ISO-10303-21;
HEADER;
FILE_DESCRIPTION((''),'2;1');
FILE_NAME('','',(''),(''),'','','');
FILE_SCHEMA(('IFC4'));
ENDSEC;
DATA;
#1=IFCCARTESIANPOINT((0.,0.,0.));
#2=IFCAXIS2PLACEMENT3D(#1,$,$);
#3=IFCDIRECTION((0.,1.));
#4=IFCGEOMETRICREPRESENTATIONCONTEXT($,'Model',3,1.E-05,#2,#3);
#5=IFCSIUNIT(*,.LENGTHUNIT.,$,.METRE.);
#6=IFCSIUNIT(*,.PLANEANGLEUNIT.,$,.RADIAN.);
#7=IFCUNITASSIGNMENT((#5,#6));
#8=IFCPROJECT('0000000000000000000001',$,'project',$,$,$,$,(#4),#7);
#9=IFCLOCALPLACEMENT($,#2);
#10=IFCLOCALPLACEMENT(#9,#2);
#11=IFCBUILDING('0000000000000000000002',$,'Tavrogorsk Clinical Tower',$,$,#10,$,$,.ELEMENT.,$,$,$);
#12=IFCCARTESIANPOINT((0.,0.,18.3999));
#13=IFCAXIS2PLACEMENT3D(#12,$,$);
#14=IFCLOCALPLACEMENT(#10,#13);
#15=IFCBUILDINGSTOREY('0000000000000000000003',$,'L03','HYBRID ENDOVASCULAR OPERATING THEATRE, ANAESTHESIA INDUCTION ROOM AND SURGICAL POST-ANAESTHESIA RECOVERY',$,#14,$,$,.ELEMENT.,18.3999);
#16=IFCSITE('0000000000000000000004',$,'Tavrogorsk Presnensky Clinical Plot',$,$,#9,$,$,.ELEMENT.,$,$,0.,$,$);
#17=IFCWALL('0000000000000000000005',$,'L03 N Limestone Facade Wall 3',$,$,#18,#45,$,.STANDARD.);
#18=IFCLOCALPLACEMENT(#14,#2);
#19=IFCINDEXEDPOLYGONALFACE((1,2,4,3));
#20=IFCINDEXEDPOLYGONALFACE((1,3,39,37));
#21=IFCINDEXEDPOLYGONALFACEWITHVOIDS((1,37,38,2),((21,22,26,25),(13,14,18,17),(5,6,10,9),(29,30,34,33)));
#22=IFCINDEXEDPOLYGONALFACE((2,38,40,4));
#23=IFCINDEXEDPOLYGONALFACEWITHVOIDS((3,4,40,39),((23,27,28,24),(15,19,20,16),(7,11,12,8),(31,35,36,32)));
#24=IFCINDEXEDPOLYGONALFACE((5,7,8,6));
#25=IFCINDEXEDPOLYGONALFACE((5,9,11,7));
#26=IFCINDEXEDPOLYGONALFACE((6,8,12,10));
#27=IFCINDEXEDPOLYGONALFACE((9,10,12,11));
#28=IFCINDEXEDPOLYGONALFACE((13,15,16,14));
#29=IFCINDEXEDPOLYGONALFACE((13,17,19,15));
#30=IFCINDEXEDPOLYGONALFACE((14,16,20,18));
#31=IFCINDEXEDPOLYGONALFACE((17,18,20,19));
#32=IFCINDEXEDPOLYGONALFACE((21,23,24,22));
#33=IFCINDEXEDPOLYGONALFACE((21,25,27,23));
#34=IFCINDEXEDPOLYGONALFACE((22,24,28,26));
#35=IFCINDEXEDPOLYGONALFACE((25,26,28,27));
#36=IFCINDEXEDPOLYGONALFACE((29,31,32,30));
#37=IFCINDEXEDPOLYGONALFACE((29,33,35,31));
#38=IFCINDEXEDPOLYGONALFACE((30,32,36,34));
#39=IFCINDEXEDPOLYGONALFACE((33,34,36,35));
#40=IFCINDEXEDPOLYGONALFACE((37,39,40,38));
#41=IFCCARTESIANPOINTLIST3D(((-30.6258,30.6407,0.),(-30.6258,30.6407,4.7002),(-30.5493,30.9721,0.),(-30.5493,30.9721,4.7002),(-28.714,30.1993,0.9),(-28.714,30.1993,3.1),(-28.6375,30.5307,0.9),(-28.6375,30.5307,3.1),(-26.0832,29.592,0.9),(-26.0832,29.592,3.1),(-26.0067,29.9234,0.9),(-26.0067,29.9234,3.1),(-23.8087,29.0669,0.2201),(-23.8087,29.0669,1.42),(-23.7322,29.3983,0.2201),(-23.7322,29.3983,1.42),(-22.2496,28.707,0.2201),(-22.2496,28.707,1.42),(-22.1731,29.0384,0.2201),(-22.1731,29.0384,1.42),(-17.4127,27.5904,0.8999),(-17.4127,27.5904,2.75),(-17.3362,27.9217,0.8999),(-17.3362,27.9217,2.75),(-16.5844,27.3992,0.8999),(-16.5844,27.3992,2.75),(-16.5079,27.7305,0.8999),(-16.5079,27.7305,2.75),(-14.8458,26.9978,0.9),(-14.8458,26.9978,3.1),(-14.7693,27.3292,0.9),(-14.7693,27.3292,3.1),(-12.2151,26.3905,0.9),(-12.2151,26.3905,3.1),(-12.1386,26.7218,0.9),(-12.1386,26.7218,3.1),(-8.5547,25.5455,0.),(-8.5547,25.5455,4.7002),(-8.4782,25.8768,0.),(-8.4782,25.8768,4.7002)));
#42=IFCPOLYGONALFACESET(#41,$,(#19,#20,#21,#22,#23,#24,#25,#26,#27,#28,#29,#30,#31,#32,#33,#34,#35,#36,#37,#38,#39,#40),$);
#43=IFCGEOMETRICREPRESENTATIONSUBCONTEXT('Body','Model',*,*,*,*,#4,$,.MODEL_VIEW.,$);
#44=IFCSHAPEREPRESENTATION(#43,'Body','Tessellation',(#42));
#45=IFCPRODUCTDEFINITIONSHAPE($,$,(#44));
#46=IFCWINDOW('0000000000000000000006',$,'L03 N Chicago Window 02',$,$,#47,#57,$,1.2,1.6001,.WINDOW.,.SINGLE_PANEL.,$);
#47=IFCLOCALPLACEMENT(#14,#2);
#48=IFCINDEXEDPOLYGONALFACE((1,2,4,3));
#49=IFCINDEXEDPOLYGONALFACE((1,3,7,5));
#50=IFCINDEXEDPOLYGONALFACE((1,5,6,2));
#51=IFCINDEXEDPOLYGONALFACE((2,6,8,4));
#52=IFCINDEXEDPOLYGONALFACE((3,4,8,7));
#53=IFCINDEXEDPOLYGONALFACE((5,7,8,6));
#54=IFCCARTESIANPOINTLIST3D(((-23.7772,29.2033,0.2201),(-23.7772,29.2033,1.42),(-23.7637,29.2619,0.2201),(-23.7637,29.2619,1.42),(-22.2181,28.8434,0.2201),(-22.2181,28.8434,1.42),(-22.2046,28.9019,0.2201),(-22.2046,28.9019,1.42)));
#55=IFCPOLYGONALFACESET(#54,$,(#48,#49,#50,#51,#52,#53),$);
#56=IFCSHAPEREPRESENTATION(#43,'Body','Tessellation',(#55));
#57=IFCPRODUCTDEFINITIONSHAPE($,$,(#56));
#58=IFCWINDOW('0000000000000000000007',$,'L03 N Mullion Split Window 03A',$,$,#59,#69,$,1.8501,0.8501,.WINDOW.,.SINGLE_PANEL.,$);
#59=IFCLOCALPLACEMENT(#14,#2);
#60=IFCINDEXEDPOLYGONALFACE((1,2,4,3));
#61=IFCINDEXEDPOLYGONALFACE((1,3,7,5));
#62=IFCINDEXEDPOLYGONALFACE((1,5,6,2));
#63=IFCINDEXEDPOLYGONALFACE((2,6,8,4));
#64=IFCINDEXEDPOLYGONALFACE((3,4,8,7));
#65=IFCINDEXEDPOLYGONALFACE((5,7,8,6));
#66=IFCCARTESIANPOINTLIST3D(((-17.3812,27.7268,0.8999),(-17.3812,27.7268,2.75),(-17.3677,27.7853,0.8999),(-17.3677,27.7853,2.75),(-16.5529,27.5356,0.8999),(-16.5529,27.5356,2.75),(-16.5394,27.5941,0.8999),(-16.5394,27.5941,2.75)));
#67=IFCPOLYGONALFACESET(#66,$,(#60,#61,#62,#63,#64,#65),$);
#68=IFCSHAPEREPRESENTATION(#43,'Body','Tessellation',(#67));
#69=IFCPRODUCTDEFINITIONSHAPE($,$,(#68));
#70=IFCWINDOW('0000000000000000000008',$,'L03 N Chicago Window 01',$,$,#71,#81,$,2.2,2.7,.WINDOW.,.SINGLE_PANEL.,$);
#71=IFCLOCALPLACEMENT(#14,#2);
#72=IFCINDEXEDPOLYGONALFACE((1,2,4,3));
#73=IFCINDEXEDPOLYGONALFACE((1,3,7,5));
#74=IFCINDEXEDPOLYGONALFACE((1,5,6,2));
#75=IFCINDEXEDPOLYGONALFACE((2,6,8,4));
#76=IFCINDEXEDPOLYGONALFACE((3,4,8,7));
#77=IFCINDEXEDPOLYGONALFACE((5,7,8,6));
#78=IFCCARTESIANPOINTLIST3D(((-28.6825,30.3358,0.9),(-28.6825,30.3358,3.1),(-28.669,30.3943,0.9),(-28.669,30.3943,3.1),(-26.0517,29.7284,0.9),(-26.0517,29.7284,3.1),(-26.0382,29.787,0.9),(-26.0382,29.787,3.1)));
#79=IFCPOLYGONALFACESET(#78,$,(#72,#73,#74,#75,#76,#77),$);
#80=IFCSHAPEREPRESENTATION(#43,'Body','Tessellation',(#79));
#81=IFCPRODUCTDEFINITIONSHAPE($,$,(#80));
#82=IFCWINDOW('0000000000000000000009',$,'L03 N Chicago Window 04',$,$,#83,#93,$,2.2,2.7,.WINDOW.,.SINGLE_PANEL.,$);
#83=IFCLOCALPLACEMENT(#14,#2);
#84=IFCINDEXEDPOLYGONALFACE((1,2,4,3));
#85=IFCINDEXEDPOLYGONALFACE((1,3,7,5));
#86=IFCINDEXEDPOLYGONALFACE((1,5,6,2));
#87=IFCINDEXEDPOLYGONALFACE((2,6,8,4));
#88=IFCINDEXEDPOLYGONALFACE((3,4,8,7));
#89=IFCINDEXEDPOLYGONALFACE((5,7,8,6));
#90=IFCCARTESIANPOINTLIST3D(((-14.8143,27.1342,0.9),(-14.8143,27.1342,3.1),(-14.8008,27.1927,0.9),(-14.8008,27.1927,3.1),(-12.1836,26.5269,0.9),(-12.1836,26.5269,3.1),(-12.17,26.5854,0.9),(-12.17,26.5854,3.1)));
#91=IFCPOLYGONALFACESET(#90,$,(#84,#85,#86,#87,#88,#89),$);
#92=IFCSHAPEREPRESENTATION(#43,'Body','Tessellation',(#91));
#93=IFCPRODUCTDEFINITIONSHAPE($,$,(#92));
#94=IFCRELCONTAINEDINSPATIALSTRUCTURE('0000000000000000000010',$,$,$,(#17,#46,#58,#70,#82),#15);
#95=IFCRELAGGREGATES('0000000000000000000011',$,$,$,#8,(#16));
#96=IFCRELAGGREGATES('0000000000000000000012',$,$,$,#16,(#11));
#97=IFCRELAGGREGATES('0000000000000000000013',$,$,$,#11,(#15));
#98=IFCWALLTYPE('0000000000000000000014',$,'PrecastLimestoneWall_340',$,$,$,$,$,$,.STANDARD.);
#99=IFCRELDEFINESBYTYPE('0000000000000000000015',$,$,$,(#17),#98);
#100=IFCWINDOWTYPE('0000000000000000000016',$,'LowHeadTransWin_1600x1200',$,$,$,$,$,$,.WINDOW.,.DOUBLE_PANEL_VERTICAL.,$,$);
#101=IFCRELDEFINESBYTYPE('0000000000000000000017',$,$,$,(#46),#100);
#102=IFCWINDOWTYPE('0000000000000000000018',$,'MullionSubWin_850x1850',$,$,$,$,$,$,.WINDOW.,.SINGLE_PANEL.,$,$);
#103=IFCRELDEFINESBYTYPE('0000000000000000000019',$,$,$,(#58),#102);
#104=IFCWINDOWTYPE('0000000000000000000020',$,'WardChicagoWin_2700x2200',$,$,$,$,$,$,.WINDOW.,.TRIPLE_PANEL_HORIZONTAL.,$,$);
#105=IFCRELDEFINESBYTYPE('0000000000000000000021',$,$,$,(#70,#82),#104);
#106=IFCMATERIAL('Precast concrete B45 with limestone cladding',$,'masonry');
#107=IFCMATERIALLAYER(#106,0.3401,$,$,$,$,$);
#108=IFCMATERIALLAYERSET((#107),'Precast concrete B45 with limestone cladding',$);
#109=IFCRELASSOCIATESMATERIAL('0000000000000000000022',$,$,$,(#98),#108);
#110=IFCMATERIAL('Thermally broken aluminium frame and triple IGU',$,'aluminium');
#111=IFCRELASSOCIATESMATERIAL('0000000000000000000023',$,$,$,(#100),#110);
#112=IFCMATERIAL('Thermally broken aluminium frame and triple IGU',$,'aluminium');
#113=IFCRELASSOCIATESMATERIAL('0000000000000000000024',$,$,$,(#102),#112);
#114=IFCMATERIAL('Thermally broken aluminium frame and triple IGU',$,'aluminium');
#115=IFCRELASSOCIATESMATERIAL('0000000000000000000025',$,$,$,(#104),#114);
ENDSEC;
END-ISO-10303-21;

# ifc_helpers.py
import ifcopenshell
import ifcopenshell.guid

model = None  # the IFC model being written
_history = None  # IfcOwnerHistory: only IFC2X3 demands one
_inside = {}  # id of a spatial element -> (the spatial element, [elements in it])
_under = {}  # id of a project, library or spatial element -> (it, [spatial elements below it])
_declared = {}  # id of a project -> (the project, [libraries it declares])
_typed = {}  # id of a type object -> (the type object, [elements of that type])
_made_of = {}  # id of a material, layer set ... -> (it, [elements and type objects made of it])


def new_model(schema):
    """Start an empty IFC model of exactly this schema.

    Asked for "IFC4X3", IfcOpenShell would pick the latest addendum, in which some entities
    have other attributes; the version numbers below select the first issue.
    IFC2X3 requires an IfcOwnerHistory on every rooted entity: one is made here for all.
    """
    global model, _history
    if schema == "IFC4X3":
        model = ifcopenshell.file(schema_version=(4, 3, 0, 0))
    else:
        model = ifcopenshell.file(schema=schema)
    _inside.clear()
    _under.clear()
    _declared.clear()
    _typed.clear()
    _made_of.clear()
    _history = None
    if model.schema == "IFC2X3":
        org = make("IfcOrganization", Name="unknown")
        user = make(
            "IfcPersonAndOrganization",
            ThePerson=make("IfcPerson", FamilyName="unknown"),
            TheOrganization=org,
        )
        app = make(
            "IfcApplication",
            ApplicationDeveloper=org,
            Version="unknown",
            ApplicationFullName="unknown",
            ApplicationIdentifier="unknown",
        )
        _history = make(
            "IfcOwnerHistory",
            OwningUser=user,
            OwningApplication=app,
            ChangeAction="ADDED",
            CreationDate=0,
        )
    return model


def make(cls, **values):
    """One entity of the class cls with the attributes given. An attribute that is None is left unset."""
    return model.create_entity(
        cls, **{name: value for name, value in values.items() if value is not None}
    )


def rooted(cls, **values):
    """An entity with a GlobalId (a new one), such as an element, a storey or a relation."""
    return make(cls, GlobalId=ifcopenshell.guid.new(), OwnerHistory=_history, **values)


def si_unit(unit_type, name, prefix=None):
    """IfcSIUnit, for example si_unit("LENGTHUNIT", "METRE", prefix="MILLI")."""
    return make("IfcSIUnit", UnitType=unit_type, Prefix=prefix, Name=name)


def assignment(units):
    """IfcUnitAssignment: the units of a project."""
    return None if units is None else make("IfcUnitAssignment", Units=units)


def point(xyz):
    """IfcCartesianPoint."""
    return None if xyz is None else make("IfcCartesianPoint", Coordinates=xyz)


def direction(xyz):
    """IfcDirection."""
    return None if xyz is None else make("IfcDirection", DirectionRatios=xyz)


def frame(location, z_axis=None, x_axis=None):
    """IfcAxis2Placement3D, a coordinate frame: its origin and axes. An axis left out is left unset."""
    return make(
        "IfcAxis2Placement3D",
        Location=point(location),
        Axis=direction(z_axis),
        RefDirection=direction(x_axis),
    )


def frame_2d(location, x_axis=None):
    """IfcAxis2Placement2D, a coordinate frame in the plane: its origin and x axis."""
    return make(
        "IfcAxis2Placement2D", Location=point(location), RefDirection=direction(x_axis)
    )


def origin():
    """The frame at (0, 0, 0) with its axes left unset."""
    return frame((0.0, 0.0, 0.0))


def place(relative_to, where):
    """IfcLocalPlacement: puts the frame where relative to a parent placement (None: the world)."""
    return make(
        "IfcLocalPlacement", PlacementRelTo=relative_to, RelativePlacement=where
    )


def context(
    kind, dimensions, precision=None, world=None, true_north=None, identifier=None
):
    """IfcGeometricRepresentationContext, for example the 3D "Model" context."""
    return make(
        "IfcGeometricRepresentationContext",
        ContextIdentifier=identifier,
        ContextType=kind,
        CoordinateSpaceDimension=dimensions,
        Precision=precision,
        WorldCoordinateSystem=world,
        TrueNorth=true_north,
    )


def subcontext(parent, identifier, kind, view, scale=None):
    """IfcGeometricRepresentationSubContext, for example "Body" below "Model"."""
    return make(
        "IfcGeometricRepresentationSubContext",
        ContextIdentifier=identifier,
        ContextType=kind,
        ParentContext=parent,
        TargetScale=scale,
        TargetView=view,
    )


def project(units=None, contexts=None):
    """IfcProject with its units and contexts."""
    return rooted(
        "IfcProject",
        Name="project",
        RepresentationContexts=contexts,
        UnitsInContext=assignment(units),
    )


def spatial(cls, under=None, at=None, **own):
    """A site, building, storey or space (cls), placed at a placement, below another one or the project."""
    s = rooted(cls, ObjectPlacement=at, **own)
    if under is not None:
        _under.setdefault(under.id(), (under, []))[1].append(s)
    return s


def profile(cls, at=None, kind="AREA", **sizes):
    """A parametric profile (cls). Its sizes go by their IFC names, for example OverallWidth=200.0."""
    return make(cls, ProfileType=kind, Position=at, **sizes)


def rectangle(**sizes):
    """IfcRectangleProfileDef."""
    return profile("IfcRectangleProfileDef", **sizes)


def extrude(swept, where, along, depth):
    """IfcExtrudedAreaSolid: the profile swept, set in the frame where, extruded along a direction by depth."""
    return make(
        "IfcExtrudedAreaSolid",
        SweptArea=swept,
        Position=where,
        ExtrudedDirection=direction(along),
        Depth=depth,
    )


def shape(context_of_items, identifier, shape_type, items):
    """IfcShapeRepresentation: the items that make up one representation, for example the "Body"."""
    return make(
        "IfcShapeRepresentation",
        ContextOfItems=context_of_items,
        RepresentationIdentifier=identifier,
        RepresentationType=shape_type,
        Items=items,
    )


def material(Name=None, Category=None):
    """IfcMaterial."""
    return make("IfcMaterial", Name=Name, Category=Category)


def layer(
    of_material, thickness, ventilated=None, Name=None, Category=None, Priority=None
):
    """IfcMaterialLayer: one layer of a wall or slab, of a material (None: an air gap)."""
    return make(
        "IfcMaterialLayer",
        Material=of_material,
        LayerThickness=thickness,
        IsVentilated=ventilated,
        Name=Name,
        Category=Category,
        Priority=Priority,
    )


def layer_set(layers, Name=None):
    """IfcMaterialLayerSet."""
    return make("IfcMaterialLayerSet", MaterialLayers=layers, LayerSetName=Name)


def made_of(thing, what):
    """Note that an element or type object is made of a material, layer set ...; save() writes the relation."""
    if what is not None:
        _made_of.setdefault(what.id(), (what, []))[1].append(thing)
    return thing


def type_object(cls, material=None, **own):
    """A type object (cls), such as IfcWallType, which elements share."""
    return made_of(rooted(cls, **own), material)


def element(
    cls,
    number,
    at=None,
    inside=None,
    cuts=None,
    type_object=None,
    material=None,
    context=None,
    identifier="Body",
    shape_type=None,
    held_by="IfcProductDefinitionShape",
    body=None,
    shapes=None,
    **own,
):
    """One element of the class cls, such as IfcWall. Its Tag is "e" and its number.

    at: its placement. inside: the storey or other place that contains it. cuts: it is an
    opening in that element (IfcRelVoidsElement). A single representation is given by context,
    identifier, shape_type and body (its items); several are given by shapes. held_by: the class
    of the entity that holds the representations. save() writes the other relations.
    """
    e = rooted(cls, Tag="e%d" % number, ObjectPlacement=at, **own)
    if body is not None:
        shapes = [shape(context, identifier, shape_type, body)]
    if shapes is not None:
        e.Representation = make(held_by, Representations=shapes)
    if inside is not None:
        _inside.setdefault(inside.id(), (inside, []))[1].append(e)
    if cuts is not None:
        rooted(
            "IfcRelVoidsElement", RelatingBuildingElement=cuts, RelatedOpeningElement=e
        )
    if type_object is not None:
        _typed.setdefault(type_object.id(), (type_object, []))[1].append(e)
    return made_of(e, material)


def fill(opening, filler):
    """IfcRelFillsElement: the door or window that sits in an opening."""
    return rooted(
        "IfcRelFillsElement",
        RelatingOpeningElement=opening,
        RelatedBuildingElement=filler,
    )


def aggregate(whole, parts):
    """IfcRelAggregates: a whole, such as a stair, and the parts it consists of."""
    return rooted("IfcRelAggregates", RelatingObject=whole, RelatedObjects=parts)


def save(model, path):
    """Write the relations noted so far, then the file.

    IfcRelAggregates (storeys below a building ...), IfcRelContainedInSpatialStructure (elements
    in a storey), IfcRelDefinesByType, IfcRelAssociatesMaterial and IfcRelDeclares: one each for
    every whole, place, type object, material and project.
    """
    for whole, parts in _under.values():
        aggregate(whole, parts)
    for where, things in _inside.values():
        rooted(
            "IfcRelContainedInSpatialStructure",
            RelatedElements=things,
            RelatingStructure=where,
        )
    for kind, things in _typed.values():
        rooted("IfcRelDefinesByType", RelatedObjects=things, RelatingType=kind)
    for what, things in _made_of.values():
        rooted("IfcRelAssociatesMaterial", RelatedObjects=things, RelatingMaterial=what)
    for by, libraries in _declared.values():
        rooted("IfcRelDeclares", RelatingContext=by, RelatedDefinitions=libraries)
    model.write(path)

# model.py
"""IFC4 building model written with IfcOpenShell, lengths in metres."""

from ifc_helpers import new_model, si_unit, direction, frame, frame_2d, origin, place, context, subcontext, project, spatial, rectangle, extrude, material, layer, layer_set, type_object, element, fill, save


model = new_model("IFC4")

# Units and contexts
model_context = context("Model", 3, precision=1e-05, world=origin(), true_north=direction((0.0, 1.0)))
body_context = subcontext(model_context, "Body", "Model", "MODEL_VIEW")
ifc_project = project(units=[si_unit("LENGTHUNIT", "METRE"), si_unit("PLANEANGLEUNIT", "RADIAN")], contexts=[model_context])

# Site, building, storey
site_placement = place(None, origin())
site = spatial("IfcSite", under=ifc_project, at=site_placement, Name="Tavrogorsk Presnensky Clinical Plot", CompositionType="ELEMENT", RefElevation=0.0)
building_placement = place(site_placement, origin())
building = spatial("IfcBuilding", under=site, at=building_placement, Name="Tavrogorsk Clinical Tower", CompositionType="ELEMENT")
storey_placement = place(building_placement, frame((0.0, 0.0, 18.3999)))
storey = spatial("IfcBuildingStorey", under=building, at=storey_placement, Name="L03", Description="HYBRID ENDOVASCULAR OPERATING THEATRE, ANAESTHESIA INDUCTION ROOM AND SURGICAL POST-ANAESTHESIA RECOVERY", CompositionType="ELEMENT", Elevation=18.3999)

# Wall, openings, windows
ifc_material_1 = material(Name="Precast concrete B45 with limestone cladding", Category="masonry")
ifc_layer_1 = layer(ifc_material_1, 0.3401)
ifc_layer_set_1 = layer_set([ifc_layer_1], Name="Precast concrete B45 with limestone cladding")
wall_type_1 = type_object("IfcWallType", Name="PrecastLimestoneWall_340", PredefinedType="STANDARD", material=ifc_layer_set_1)
wall_1_placement = place(storey_placement, frame((-8.5166, 25.7112, 0.0), z_axis=(0.0, 0.0, 1.0), x_axis=(-0.974373, 0.224939, 0.0)))
wall_1 = element("IfcWall", 1, at=wall_1_placement, inside=storey, type_object=wall_type_1, Name="L03 N Limestone Facade Wall 3", PredefinedType="STANDARD", context=body_context, shape_type="SweptSolid", body=[
    extrude(rectangle(XDim=22.6516, YDim=0.3401, at=frame_2d((11.3257, 0.0))), origin(), (0.0, 0.0, 1.0), 4.7002),
])
opening_1_placement = place(wall_1_placement, frame((17.9893, 0.0, 0.8999)))
opening_1 = element("IfcOpeningElement", 2, at=opening_1_placement, cuts=wall_1, PredefinedType="OPENING", context=body_context, shape_type="SweptSolid", body=[
    extrude(rectangle(XDim=2.7, YDim=2.2, at=frame_2d((1.3501, 1.1001))), frame((0.0, 0.1799, 0.0), z_axis=(0.0, -1.0, 0.0), x_axis=(1.0, 0.0, 0.0)), (0.0, 0.0, 1.0), 0.3601),
])
opening_2_placement = place(wall_1_placement, frame((14.0549, 0.0, 0.22)))
opening_2 = element("IfcOpeningElement", 3, at=opening_2_placement, cuts=wall_1, PredefinedType="OPENING", context=body_context, shape_type="SweptSolid", body=[
    extrude(rectangle(XDim=1.6001, YDim=1.2, at=frame_2d((0.8, 0.6001))), frame((0.0, 0.1799, 0.0), z_axis=(0.0, -1.0, 0.0), x_axis=(1.0, 0.0, 0.0)), (0.0, 0.0, 1.0), 0.3601),
])
opening_3_placement = place(wall_1_placement, frame((8.2407, 0.0, 0.8999)))
opening_3 = element("IfcOpeningElement", 4, at=opening_3_placement, cuts=wall_1, PredefinedType="OPENING", context=body_context, shape_type="SweptSolid", body=[
    extrude(rectangle(XDim=0.8501, YDim=1.8501, at=frame_2d((0.425, 0.925))), frame((0.0, 0.1799, 0.0), z_axis=(0.0, -1.0, 0.0), x_axis=(1.0, 0.0, 0.0)), (0.0, 0.0, 1.0), 0.3601),
])
opening_4_placement = place(wall_1_placement, frame((3.7563, 0.0, 0.8999)))
opening_4 = element("IfcOpeningElement", 5, at=opening_4_placement, cuts=wall_1, PredefinedType="OPENING", context=body_context, shape_type="SweptSolid", body=[
    extrude(rectangle(XDim=2.7, YDim=2.2, at=frame_2d((1.3501, 1.1001))), frame((0.0, 0.1799, 0.0), z_axis=(0.0, -1.0, 0.0), x_axis=(1.0, 0.0, 0.0)), (0.0, 0.0, 1.0), 0.3601),
])
ifc_material_2 = material(Name="Thermally broken aluminium frame and triple IGU", Category="aluminium")
window_type_1 = type_object("IfcWindowType", Name="LowHeadTransWin_1600x1200", PartitioningType="DOUBLE_PANEL_VERTICAL", PredefinedType="WINDOW", material=ifc_material_2)
window_1_placement = place(opening_2_placement, origin())
window_1 = element("IfcWindow", 6, at=window_1_placement, inside=storey, type_object=window_type_1, Name="L03 N Chicago Window 02", OverallHeight=1.2, OverallWidth=1.6001, PartitioningType="SINGLE_PANEL", PredefinedType="WINDOW", context=body_context, shape_type="SweptSolid", body=[
    extrude(rectangle(XDim=1.6001, YDim=1.2, at=frame_2d((0.8, 0.6001))), frame((0.0, 0.03, 0.0), z_axis=(0.0, -1.0, 0.0), x_axis=(1.0, 0.0, 0.0)), (0.0, 0.0, 1.0), 0.0601),
])
fill(opening_2, window_1)
ifc_material_3 = material(Name="Thermally broken aluminium frame and triple IGU", Category="aluminium")
window_type_2 = type_object("IfcWindowType", Name="MullionSubWin_850x1850", PartitioningType="SINGLE_PANEL", PredefinedType="WINDOW", material=ifc_material_3)
window_2_placement = place(opening_3_placement, origin())
window_2 = element("IfcWindow", 7, at=window_2_placement, inside=storey, type_object=window_type_2, Name="L03 N Mullion Split Window 03A", OverallHeight=1.8501, OverallWidth=0.8501, PartitioningType="SINGLE_PANEL", PredefinedType="WINDOW", context=body_context, shape_type="SweptSolid", body=[
    extrude(rectangle(XDim=0.8501, YDim=1.8501, at=frame_2d((0.425, 0.925))), frame((0.0, 0.03, 0.0), z_axis=(0.0, -1.0, 0.0), x_axis=(1.0, 0.0, 0.0)), (0.0, 0.0, 1.0), 0.0601),
])
fill(opening_3, window_2)
ifc_material_4 = material(Name="Thermally broken aluminium frame and triple IGU", Category="aluminium")
window_type_3 = type_object("IfcWindowType", Name="WardChicagoWin_2700x2200", PartitioningType="TRIPLE_PANEL_HORIZONTAL", PredefinedType="WINDOW", material=ifc_material_4)
window_3_placement = place(opening_1_placement, origin())
window_3 = element("IfcWindow", 8, at=window_3_placement, inside=storey, type_object=window_type_3, Name="L03 N Chicago Window 01", OverallHeight=2.2, OverallWidth=2.7, PartitioningType="SINGLE_PANEL", PredefinedType="WINDOW", context=body_context, shape_type="SweptSolid", body=[
    extrude(rectangle(XDim=2.7, YDim=2.2, at=frame_2d((1.3501, 1.1001))), frame((0.0, 0.03, 0.0), z_axis=(0.0, -1.0, 0.0), x_axis=(1.0, 0.0, 0.0)), (0.0, 0.0, 1.0), 0.0601),
])
fill(opening_1, window_3)
window_4_placement = place(opening_4_placement, origin())
window_4 = element("IfcWindow", 9, at=window_4_placement, inside=storey, type_object=window_type_3, Name="L03 N Chicago Window 04", OverallHeight=2.2, OverallWidth=2.7, PartitioningType="SINGLE_PANEL", PredefinedType="WINDOW", context=body_context, shape_type="SweptSolid", body=[
    extrude(rectangle(XDim=2.7, YDim=2.2, at=frame_2d((1.3501, 1.1001))), frame((0.0, 0.03, 0.0), z_axis=(0.0, -1.0, 0.0), x_axis=(1.0, 0.0, 0.0)), (0.0, 0.0, 1.0), 0.0601),
])
fill(opening_4, window_4)

save(model, "model.ifc")
